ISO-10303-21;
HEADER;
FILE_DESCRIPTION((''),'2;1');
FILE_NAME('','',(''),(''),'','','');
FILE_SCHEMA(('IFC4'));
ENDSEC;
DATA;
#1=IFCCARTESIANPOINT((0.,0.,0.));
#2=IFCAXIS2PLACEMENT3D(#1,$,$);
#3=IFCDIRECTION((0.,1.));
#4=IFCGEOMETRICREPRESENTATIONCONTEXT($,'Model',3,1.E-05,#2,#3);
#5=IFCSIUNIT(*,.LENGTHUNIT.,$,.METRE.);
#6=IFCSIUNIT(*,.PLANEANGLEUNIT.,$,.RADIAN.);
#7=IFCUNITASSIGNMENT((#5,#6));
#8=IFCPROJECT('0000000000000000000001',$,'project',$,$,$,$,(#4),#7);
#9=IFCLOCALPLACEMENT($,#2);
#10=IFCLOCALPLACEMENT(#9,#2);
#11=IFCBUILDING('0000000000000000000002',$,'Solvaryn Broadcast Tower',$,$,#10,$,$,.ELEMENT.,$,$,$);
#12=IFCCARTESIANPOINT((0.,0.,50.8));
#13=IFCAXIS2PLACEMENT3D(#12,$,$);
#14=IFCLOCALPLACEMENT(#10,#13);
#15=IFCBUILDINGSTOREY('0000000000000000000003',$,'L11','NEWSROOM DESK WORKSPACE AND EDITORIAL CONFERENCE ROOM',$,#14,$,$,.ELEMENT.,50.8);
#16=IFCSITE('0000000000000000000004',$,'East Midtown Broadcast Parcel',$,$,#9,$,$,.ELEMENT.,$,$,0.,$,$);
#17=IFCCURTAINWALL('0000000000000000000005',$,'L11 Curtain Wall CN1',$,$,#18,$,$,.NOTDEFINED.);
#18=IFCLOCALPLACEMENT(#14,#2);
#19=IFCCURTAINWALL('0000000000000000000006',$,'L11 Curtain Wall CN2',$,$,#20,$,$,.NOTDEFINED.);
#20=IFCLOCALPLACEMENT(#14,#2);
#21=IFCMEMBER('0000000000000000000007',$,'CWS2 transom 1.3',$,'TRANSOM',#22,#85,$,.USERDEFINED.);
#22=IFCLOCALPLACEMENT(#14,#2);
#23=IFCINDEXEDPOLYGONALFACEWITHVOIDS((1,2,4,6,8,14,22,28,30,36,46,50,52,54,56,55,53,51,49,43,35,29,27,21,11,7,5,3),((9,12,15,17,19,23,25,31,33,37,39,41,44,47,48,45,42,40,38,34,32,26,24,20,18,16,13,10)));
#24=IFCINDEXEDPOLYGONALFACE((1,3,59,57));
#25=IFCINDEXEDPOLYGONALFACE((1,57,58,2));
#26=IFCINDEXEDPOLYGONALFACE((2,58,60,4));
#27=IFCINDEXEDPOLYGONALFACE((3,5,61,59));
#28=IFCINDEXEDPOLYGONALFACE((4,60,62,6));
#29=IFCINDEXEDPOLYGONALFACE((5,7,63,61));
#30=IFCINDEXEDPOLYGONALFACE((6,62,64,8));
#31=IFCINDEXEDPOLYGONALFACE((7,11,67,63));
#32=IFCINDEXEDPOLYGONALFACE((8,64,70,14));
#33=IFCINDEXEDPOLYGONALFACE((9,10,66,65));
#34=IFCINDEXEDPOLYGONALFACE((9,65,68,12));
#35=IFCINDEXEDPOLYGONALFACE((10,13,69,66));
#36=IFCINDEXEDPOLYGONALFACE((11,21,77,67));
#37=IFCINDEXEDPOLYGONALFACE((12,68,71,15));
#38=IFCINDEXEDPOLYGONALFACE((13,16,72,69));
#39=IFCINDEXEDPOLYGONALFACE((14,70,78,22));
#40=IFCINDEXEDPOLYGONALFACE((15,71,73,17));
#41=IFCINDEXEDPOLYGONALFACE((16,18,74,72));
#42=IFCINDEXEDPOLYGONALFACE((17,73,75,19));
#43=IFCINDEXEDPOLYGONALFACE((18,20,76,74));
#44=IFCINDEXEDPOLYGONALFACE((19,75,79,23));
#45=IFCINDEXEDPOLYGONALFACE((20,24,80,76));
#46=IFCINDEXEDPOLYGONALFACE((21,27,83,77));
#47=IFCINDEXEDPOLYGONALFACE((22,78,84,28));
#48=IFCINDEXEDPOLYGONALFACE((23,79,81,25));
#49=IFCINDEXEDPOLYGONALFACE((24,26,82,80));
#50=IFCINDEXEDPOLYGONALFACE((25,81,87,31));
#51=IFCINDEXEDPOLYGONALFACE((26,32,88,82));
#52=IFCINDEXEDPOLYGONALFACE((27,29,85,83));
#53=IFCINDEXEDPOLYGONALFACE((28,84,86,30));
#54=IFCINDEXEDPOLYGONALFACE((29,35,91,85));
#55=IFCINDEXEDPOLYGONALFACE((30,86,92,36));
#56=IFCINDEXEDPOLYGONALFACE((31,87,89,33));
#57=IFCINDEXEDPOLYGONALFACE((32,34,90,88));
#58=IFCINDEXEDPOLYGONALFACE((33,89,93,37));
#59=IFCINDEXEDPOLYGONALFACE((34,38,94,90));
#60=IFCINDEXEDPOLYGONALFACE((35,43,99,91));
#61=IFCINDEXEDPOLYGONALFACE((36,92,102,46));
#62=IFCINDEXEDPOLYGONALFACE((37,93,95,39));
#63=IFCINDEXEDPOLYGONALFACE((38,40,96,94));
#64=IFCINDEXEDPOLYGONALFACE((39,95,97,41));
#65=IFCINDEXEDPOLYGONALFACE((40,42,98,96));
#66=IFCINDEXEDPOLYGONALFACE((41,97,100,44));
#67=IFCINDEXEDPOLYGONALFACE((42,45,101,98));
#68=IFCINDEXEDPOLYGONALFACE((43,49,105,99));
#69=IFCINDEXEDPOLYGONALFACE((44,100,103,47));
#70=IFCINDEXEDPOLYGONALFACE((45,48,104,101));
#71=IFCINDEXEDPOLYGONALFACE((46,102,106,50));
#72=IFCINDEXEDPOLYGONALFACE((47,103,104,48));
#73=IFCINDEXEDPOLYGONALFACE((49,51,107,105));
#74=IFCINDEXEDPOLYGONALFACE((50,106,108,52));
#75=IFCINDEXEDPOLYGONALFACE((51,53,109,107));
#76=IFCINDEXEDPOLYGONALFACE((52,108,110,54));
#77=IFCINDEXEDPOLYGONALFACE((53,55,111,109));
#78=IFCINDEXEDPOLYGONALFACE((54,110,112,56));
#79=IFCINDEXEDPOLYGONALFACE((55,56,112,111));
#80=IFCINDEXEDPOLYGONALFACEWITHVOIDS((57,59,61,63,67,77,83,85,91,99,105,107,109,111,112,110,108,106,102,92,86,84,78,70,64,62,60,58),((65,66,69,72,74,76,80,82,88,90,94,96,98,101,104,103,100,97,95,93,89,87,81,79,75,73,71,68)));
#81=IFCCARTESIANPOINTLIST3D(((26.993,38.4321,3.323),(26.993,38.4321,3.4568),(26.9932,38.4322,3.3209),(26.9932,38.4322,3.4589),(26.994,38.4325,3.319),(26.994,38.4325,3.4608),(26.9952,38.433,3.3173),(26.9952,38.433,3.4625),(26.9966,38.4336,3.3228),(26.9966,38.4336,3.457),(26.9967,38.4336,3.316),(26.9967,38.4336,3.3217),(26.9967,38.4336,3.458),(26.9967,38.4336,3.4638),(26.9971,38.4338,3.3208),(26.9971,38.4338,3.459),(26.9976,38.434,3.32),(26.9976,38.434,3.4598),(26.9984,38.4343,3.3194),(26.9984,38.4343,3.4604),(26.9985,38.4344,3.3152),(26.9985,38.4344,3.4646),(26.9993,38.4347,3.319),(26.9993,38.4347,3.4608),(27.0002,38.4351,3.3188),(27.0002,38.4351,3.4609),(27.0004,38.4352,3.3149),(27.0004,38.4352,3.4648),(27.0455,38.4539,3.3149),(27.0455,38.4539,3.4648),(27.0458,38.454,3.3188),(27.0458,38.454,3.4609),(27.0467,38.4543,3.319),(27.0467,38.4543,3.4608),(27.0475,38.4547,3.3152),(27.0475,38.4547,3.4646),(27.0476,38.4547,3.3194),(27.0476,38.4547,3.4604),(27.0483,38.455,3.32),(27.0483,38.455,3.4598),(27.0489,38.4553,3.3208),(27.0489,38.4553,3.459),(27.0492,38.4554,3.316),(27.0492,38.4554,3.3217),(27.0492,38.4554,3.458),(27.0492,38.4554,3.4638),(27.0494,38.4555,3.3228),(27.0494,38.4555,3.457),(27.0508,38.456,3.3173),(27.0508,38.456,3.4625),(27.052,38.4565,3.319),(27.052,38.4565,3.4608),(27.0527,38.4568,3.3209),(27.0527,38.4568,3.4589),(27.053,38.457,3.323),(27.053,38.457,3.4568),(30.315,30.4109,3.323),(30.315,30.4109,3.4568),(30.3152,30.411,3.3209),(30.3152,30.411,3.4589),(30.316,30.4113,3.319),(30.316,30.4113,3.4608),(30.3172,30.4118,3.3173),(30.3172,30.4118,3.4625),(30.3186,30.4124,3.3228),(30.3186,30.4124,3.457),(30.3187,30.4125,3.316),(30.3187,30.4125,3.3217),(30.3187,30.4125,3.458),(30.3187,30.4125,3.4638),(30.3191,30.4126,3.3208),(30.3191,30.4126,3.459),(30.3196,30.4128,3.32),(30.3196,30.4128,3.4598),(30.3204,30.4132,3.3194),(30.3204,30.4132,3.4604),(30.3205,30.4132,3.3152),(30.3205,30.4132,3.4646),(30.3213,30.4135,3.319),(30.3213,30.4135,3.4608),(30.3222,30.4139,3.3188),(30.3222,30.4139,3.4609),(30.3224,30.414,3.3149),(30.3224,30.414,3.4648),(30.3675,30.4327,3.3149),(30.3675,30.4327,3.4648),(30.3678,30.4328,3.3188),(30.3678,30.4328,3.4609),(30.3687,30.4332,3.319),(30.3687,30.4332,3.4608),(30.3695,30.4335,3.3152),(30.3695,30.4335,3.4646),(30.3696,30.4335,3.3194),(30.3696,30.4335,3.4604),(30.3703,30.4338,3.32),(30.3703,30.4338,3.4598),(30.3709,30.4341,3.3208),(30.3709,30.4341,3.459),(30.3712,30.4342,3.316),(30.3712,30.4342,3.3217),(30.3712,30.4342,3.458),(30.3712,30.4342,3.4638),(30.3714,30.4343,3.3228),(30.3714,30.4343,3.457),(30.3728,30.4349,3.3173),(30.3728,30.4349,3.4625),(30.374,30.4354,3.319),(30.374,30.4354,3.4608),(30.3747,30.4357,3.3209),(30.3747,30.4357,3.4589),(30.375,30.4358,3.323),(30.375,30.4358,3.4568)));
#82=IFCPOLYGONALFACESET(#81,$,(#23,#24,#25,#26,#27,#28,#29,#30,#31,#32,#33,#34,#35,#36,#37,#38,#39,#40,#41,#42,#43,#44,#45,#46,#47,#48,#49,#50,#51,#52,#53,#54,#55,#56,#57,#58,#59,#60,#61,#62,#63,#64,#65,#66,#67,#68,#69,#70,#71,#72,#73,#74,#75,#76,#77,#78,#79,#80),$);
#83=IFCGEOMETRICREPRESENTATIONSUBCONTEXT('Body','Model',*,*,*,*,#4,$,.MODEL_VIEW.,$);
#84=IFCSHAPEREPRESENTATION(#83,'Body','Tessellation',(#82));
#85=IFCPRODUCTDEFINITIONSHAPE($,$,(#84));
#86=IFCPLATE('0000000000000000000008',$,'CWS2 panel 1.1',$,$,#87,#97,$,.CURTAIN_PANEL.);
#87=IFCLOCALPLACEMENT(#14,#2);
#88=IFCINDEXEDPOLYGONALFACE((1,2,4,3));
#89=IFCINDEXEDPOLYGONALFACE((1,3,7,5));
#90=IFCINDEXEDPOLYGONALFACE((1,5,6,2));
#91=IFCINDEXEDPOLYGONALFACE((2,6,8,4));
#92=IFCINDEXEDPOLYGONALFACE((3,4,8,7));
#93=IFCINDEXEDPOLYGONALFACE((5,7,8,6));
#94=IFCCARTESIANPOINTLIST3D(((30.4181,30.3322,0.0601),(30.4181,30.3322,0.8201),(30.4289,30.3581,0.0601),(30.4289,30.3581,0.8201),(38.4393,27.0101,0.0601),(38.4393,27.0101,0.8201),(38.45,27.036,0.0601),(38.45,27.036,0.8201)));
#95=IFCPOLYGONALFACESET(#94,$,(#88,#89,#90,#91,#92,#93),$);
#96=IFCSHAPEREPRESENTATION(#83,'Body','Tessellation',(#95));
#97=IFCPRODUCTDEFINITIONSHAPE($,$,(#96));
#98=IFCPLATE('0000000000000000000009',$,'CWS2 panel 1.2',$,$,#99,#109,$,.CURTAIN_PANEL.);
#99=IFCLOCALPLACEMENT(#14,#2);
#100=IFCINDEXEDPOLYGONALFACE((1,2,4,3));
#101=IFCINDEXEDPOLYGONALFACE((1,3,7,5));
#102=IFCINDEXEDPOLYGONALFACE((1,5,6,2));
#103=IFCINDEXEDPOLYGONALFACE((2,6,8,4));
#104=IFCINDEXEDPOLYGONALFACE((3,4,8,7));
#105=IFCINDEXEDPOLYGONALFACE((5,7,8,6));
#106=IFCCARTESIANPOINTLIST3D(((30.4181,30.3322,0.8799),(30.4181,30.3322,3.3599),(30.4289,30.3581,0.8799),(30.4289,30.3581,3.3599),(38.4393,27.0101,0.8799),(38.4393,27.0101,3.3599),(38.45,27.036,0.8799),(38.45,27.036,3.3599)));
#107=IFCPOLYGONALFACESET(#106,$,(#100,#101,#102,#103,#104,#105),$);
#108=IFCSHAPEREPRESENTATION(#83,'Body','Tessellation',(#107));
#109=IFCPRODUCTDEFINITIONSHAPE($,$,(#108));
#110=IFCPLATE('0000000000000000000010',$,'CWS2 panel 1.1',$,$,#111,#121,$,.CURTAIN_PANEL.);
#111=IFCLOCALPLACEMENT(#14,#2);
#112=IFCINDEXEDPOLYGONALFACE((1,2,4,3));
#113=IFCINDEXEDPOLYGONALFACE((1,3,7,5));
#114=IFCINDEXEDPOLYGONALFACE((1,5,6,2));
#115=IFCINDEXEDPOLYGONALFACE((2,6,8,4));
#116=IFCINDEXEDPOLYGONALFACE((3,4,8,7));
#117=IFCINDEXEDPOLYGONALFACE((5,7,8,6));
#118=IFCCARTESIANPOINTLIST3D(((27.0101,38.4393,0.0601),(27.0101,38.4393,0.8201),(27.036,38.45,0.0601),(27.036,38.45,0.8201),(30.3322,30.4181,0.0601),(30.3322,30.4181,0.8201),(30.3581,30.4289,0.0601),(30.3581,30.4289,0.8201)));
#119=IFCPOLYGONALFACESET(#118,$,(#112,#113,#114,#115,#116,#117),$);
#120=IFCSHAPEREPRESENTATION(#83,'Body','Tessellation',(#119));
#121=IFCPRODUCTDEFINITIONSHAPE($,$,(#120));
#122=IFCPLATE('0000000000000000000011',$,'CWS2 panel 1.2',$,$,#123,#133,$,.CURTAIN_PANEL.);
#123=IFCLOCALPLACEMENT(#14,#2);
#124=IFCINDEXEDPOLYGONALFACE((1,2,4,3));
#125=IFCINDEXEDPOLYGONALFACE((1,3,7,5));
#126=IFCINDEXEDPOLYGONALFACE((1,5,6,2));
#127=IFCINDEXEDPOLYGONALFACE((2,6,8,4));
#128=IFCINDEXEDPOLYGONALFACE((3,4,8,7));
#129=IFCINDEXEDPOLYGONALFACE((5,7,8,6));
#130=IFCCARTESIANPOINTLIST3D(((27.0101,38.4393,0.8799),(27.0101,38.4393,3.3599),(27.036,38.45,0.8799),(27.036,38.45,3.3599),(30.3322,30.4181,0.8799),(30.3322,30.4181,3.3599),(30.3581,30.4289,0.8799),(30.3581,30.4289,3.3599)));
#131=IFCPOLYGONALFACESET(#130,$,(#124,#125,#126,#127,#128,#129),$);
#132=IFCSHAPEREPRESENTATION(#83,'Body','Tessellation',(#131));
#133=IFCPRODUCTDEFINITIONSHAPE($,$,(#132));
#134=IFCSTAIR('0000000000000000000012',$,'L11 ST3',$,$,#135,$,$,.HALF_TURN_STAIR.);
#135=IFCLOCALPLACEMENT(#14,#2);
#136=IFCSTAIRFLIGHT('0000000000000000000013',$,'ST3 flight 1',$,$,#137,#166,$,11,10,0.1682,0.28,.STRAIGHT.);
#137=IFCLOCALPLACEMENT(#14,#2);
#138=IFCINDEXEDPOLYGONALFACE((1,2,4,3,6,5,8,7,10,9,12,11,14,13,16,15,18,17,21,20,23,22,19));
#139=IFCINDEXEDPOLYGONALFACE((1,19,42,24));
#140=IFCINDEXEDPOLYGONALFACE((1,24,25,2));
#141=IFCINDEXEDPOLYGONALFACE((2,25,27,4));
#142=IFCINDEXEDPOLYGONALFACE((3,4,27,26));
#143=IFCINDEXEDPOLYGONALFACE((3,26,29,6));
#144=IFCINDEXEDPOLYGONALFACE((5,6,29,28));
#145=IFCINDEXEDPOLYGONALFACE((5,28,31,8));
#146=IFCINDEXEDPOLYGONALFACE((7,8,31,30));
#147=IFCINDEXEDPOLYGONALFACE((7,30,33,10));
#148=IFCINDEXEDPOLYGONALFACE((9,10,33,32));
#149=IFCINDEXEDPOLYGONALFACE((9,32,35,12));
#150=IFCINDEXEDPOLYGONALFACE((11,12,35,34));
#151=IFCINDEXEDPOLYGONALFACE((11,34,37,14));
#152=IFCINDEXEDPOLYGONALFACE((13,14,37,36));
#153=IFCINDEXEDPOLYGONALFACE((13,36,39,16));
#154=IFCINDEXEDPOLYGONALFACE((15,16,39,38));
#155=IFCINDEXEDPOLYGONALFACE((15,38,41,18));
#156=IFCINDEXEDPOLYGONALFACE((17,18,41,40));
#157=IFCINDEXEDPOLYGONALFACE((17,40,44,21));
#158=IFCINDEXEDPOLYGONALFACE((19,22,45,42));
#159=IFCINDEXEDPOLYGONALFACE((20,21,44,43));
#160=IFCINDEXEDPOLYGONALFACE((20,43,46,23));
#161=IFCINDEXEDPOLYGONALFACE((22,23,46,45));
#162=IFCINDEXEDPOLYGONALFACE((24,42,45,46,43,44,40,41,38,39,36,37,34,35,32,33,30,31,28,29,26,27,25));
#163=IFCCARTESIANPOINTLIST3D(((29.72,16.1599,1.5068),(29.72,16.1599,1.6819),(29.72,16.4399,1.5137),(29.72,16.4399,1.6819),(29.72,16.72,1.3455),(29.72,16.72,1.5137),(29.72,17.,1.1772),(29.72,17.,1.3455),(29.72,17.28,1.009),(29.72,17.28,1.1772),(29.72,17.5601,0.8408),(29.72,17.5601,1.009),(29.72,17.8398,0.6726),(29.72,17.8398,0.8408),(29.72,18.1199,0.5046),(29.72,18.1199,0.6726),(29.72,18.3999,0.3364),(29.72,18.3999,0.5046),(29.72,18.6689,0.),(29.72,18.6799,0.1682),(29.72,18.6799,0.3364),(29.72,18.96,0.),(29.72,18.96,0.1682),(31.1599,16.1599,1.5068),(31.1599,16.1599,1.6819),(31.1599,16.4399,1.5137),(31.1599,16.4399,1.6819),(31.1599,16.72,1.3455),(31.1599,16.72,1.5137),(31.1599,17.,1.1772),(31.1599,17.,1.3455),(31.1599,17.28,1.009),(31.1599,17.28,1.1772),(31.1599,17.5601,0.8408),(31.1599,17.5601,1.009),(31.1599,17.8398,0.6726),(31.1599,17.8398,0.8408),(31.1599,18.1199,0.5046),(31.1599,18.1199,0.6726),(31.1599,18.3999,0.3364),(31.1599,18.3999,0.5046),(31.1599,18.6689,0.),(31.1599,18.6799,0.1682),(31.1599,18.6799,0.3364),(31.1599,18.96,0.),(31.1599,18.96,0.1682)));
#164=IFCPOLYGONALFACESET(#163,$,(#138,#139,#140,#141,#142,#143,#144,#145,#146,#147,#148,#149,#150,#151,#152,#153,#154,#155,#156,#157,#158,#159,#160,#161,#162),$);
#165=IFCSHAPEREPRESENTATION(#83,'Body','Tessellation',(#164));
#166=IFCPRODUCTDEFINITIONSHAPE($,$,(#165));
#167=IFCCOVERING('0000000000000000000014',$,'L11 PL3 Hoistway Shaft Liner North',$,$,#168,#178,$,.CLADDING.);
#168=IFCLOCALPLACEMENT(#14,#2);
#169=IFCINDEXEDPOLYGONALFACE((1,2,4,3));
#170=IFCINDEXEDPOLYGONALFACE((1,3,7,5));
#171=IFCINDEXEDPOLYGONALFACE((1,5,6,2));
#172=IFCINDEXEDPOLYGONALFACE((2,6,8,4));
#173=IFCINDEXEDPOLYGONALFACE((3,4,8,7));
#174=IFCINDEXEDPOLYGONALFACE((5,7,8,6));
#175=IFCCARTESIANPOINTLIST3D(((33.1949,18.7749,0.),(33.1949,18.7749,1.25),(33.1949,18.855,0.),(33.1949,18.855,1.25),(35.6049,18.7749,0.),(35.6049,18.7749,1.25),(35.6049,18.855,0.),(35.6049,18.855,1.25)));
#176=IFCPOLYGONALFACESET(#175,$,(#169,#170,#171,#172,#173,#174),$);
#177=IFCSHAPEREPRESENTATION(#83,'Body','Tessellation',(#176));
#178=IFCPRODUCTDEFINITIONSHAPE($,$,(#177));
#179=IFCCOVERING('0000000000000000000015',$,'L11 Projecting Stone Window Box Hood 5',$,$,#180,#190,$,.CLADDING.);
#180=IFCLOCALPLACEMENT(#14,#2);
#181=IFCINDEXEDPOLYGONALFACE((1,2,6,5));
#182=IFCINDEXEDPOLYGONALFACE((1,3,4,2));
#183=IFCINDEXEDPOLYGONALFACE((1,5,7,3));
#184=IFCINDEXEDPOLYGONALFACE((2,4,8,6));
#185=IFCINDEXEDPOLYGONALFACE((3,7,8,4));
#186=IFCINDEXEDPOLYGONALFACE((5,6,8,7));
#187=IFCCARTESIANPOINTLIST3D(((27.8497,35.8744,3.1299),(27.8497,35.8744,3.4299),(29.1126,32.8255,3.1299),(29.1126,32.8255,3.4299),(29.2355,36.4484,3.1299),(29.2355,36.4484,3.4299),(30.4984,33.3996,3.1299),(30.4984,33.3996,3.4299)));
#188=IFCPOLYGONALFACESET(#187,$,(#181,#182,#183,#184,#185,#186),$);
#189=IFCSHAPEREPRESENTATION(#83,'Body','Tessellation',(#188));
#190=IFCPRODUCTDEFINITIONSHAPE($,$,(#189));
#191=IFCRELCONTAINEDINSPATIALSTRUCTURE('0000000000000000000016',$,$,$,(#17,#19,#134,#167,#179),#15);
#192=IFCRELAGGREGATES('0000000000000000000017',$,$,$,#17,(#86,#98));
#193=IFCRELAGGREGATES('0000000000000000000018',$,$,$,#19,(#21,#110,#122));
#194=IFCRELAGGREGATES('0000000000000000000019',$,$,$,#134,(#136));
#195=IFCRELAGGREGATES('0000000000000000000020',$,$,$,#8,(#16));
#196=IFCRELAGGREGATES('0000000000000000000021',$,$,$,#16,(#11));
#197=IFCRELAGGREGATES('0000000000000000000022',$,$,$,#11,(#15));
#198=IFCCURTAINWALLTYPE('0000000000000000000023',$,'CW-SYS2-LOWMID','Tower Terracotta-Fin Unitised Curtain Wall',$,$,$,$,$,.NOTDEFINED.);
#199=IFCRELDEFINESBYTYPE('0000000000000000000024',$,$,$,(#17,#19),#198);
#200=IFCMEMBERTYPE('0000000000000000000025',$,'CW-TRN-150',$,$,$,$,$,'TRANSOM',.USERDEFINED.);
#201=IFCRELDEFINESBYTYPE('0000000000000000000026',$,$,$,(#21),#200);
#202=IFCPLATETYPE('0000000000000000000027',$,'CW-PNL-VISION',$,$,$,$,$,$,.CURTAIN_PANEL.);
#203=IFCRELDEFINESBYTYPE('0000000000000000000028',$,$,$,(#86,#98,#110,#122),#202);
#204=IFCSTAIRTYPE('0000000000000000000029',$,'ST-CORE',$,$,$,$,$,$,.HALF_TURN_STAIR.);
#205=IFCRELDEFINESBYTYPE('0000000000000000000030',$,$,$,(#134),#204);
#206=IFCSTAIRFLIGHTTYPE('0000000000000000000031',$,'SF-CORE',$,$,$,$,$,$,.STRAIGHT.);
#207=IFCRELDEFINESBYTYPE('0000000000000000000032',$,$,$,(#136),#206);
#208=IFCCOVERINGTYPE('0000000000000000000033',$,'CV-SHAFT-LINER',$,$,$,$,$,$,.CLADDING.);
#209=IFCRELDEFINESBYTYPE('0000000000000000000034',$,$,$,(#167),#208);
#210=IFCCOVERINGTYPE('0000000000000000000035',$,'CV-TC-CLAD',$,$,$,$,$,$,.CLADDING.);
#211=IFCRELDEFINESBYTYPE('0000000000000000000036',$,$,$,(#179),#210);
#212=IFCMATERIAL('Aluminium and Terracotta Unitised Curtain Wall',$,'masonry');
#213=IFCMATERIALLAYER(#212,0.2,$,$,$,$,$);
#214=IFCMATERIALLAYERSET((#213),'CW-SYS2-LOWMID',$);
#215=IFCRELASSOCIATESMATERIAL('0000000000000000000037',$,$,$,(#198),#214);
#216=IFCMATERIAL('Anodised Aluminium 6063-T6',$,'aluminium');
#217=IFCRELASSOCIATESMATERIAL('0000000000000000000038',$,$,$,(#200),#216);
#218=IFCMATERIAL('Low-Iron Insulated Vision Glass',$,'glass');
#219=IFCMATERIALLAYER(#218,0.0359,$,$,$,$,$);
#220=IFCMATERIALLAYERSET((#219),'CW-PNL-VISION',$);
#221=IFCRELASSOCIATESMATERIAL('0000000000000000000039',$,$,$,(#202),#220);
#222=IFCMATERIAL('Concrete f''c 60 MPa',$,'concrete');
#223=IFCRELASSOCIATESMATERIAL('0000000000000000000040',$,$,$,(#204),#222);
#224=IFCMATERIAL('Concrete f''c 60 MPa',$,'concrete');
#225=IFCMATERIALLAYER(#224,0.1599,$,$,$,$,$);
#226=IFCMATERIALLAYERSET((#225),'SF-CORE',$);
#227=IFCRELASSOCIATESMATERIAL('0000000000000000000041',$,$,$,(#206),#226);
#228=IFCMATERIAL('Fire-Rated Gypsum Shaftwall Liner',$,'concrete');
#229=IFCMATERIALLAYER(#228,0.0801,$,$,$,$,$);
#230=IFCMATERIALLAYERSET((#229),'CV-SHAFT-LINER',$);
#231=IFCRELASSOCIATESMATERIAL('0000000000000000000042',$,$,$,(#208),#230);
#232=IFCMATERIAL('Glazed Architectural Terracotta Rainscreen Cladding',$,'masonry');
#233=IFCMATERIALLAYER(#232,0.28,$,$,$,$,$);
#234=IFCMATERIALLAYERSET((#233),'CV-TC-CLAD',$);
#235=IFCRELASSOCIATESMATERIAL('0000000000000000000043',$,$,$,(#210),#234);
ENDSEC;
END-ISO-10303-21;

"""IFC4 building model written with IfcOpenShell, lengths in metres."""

from ifc_helpers import new_model, si_unit, direction, frame, origin, origin_2d, place, context, subcontext, project, spatial, polyline, rectangle, hollow_rectangle, outline, extrude, material, layer, layer_set, material_profile, profile_set, type_object, element, aggregate, save


model = new_model("IFC4")

# Units and contexts
model_context = context("Model", 3, precision=1e-05, world=origin(), true_north=direction((0.0, 1.0)))
body_context = subcontext(model_context, "Body", "Model", "MODEL_VIEW")
ifc_project = project(units=[si_unit("LENGTHUNIT", "METRE"), si_unit("PLANEANGLEUNIT", "RADIAN")], contexts=[model_context])

# Site, building, storey
site_placement = place(None, origin())
site = spatial("IfcSite", under=ifc_project, at=site_placement, Name="East Midtown Broadcast Parcel", CompositionType="ELEMENT", RefElevation=0.0)
building_placement = place(site_placement, origin())
building = spatial("IfcBuilding", under=site, at=building_placement, Name="Solvaryn Broadcast Tower", CompositionType="ELEMENT")
storey_placement = place(building_placement, frame((0.0, 0.0, 50.8)))
storey = spatial("IfcBuildingStorey", under=building, at=storey_placement, Name="L11", Description="NEWSROOM DESK WORKSPACE AND EDITORIAL CONFERENCE ROOM", CompositionType="ELEMENT", Elevation=50.8)

# Curtain wall
ifc_material_1 = material(Name="Aluminium and Terracotta Unitised Curtain Wall", Category="masonry")
ifc_layer_1 = layer(ifc_material_1, 0.2)
ifc_layer_set_1 = layer_set([ifc_layer_1], Name="CW-SYS2-LOWMID")
curtain_wall_type = type_object("IfcCurtainWallType", Name="CW-SYS2-LOWMID", Description="Tower Terracotta-Fin Unitised Curtain Wall", PredefinedType="NOTDEFINED", material=ifc_layer_set_1)
curtain_wall_1_placement = place(storey_placement, origin())
curtain_wall_1 = element("IfcCurtainWall", 1, at=curtain_wall_1_placement, inside=storey, type_object=curtain_wall_type, Name="L11 Curtain Wall CN1", PredefinedType="NOTDEFINED")

# Curtain wall, member
curtain_wall_2_placement = place(storey_placement, origin())
curtain_wall_2 = element("IfcCurtainWall", 2, at=curtain_wall_2_placement, inside=storey, type_object=curtain_wall_type, Name="L11 Curtain Wall CN2", PredefinedType="NOTDEFINED")
ifc_material_2 = material(Name="Anodised Aluminium 6063-T6", Category="aluminium")
ifc_material_profile_1 = material_profile(ifc_material_2, hollow_rectangle(XDim=0.0649, YDim=0.1499, WallThickness=0.0039, InnerFilletRadius=0.0039, OuterFilletRadius=0.0081, at=origin_2d()))
ifc_profile_set_1 = profile_set([ifc_material_profile_1], Name="Anodised Aluminium 6063-T6")
member_type_1 = type_object("IfcMemberType", Name="CW-TRN-150", ElementType="TRANSOM", PredefinedType="USERDEFINED", material=ifc_profile_set_1)
member_1_placement = place(storey_placement, frame((30.345, 30.4233, 3.3899), z_axis=(-0.382636, 0.923899, 0.0), x_axis=(-0.923899, -0.382636, 0.0)))
member_1 = element("IfcMember", 3, at=member_1_placement, type_object=member_type_1, Name="CWS2 transom 1.3", ObjectType="TRANSOM", PredefinedType="USERDEFINED", context=body_context, shape_type="SweptSolid", body=[
    extrude(hollow_rectangle(XDim=0.0649, YDim=0.1499, WallThickness=0.0039, InnerFilletRadius=0.0039, OuterFilletRadius=0.0081, at=origin_2d()), origin(), (0.0, 0.0, 1.0), 8.6819),
])

# Plates
ifc_material_3 = material(Name="Low-Iron Insulated Vision Glass", Category="glass")
ifc_layer_2 = layer(ifc_material_3, 0.0359)
ifc_layer_set_2 = layer_set([ifc_layer_2], Name="CW-PNL-VISION")
plate_type = type_object("IfcPlateType", Name="CW-PNL-VISION", PredefinedType="CURTAIN_PANEL", material=ifc_layer_set_2)
plate_1_placement = place(storey_placement, frame((34.4341, 28.6841, 0.0601), z_axis=(0.0, 0.0, 1.0), x_axis=(-0.923895, 0.382646, 0.0)))
plate_1 = element("IfcPlate", 4, at=plate_1_placement, type_object=plate_type, Name="CWS2 panel 1.1", PredefinedType="CURTAIN_PANEL", context=body_context, shape_type="SweptSolid", body=[
    extrude(rectangle(XDim=8.6819, YDim=0.0281, at=origin_2d()), origin(), (0.0, 0.0, 1.0), 0.76),
])
plate_2_placement = place(storey_placement, frame((34.4341, 28.6841, 0.8799), z_axis=(0.0, 0.0, 1.0), x_axis=(-0.923895, 0.382646, 0.0)))
plate_2 = element("IfcPlate", 5, at=plate_2_placement, type_object=plate_type, Name="CWS2 panel 1.2", PredefinedType="CURTAIN_PANEL", context=body_context, shape_type="SweptSolid", body=[
    extrude(rectangle(XDim=8.6819, YDim=0.0281, at=origin_2d()), origin(), (0.0, 0.0, 1.0), 2.48),
])
aggregate(curtain_wall_1, [plate_1, plate_2])
plate_3_placement = place(storey_placement, frame((28.6841, 34.4341, 0.0601), z_axis=(0.0, 0.0, 1.0), x_axis=(-0.382646, 0.923895, 0.0)))
plate_3 = element("IfcPlate", 6, at=plate_3_placement, type_object=plate_type, Name="CWS2 panel 1.1", PredefinedType="CURTAIN_PANEL", context=body_context, shape_type="SweptSolid", body=[
    extrude(rectangle(XDim=8.6819, YDim=0.0281, at=origin_2d()), origin(), (0.0, 0.0, 1.0), 0.76),
])
plate_4_placement = place(storey_placement, frame((28.6841, 34.4341, 0.8799), z_axis=(0.0, 0.0, 1.0), x_axis=(-0.382646, 0.923895, 0.0)))
plate_4 = element("IfcPlate", 7, at=plate_4_placement, type_object=plate_type, Name="CWS2 panel 1.2", PredefinedType="CURTAIN_PANEL", context=body_context, shape_type="SweptSolid", body=[
    extrude(rectangle(XDim=8.6819, YDim=0.0281, at=origin_2d()), origin(), (0.0, 0.0, 1.0), 2.48),
])
aggregate(curtain_wall_2, [member_1, plate_3, plate_4])

# Stair, stair flight
ifc_material_4 = material(Name="Concrete f'c 60 MPa", Category="concrete")
stair_type = type_object("IfcStairType", Name="ST-CORE", PredefinedType="HALF_TURN_STAIR", material=ifc_material_4)
stair_placement = place(storey_placement, origin())
stair = element("IfcStair", 8, at=stair_placement, inside=storey, type_object=stair_type, Name="L11 ST3", PredefinedType="HALF_TURN_STAIR")
ifc_material_5 = material(Name="Concrete f'c 60 MPa", Category="concrete")
ifc_layer_3 = layer(ifc_material_5, 0.1599)
ifc_layer_set_3 = layer_set([ifc_layer_3], Name="SF-CORE")
stair_flight_type = type_object("IfcStairFlightType", Name="SF-CORE", PredefinedType="STRAIGHT", material=ifc_layer_set_3)
stair_flight_placement = place(storey_placement, frame((30.4399, 18.96, 0.0), z_axis=(0.0, 0.0, 1.0), x_axis=(0.0, -1.0, 0.0)))
stair_flight = element("IfcStairFlight", 9, at=stair_flight_placement, type_object=stair_flight_type, Name="ST3 flight 1", NumberOfRisers=11, NumberOfTreads=10, PredefinedType="STRAIGHT", RiserHeight=0.1682, TreadLength=0.28, context=body_context, shape_type="SweptSolid", body=[
    extrude(outline(polyline([(0.0, 0.0), (0.0, 0.1682), (0.28, 0.1682), (0.28, 0.3364), (0.5601, 0.3364), (0.5601, 0.5046), (0.8401, 0.5046), (0.8401, 0.6726), (1.1201, 0.6726), (1.1201, 0.8408), (1.3999, 0.8408), (1.3999, 1.009), (1.6799, 1.009), (1.6799, 1.1772), (1.96, 1.1772), (1.96, 1.3455), (2.24, 1.3455), (2.24, 1.5137), (2.52, 1.5137), (2.52, 1.6819), (2.8, 1.6819), (2.8, 1.8501), (2.8, 1.5068), (0.291, 0.0), (0.0, 0.0)])), frame((0.0, 0.72, 0.0), z_axis=(0.0, -1.0, 0.0), x_axis=(1.0, 0.0, 0.0)), (0.0, 0.0, 1.0), 1.4399),
])
aggregate(stair, [stair_flight])

# Coverings
ifc_material_6 = material(Name="Fire-Rated Gypsum Shaftwall Liner", Category="concrete")
ifc_layer_4 = layer(ifc_material_6, 0.0801)
ifc_layer_set_4 = layer_set([ifc_layer_4], Name="CV-SHAFT-LINER")
covering_type_1 = type_object("IfcCoveringType", Name="CV-SHAFT-LINER", PredefinedType="CLADDING", material=ifc_layer_set_4)
covering_1_placement = place(storey_placement, frame((34.3999, 18.8149, 0.0), z_axis=(0.0, 0.0, 1.0), x_axis=(1.0, 0.0, 0.0)))
element("IfcCovering", 10, at=covering_1_placement, inside=storey, type_object=covering_type_1, Name="L11 PL3 Hoistway Shaft Liner North", PredefinedType="CLADDING", context=body_context, shape_type="SweptSolid", body=[
    extrude(rectangle(XDim=2.4099, YDim=0.0801, at=origin_2d()), origin(), (0.0, 0.0, 1.0), 1.25),
])
ifc_material_7 = material(Name="Glazed Architectural Terracotta Rainscreen Cladding", Category="masonry")
ifc_layer_5 = layer(ifc_material_7, 0.28)
ifc_layer_set_5 = layer_set([ifc_layer_5], Name="CV-TC-CLAD")
covering_type_2 = type_object("IfcCoveringType", Name="CV-TC-CLAD", PredefinedType="CLADDING", material=ifc_layer_set_5)
covering_2_placement = place(storey_placement, frame((29.1741, 34.637, 3.1299), z_axis=(0.0, 0.0, 1.0), x_axis=(-0.382683, 0.92388, 0.0)))
element("IfcCovering", 11, at=covering_2_placement, inside=storey, type_object=covering_type_2, Name="L11 Projecting Stone Window Box Hood 5", PredefinedType="CLADDING", context=body_context, shape_type="SweptSolid", body=[
    extrude(rectangle(XDim=3.3, YDim=1.5, at=origin_2d()), origin(), (0.0, 0.0, 1.0), 0.3),
])

save(model, "model.ifc")
